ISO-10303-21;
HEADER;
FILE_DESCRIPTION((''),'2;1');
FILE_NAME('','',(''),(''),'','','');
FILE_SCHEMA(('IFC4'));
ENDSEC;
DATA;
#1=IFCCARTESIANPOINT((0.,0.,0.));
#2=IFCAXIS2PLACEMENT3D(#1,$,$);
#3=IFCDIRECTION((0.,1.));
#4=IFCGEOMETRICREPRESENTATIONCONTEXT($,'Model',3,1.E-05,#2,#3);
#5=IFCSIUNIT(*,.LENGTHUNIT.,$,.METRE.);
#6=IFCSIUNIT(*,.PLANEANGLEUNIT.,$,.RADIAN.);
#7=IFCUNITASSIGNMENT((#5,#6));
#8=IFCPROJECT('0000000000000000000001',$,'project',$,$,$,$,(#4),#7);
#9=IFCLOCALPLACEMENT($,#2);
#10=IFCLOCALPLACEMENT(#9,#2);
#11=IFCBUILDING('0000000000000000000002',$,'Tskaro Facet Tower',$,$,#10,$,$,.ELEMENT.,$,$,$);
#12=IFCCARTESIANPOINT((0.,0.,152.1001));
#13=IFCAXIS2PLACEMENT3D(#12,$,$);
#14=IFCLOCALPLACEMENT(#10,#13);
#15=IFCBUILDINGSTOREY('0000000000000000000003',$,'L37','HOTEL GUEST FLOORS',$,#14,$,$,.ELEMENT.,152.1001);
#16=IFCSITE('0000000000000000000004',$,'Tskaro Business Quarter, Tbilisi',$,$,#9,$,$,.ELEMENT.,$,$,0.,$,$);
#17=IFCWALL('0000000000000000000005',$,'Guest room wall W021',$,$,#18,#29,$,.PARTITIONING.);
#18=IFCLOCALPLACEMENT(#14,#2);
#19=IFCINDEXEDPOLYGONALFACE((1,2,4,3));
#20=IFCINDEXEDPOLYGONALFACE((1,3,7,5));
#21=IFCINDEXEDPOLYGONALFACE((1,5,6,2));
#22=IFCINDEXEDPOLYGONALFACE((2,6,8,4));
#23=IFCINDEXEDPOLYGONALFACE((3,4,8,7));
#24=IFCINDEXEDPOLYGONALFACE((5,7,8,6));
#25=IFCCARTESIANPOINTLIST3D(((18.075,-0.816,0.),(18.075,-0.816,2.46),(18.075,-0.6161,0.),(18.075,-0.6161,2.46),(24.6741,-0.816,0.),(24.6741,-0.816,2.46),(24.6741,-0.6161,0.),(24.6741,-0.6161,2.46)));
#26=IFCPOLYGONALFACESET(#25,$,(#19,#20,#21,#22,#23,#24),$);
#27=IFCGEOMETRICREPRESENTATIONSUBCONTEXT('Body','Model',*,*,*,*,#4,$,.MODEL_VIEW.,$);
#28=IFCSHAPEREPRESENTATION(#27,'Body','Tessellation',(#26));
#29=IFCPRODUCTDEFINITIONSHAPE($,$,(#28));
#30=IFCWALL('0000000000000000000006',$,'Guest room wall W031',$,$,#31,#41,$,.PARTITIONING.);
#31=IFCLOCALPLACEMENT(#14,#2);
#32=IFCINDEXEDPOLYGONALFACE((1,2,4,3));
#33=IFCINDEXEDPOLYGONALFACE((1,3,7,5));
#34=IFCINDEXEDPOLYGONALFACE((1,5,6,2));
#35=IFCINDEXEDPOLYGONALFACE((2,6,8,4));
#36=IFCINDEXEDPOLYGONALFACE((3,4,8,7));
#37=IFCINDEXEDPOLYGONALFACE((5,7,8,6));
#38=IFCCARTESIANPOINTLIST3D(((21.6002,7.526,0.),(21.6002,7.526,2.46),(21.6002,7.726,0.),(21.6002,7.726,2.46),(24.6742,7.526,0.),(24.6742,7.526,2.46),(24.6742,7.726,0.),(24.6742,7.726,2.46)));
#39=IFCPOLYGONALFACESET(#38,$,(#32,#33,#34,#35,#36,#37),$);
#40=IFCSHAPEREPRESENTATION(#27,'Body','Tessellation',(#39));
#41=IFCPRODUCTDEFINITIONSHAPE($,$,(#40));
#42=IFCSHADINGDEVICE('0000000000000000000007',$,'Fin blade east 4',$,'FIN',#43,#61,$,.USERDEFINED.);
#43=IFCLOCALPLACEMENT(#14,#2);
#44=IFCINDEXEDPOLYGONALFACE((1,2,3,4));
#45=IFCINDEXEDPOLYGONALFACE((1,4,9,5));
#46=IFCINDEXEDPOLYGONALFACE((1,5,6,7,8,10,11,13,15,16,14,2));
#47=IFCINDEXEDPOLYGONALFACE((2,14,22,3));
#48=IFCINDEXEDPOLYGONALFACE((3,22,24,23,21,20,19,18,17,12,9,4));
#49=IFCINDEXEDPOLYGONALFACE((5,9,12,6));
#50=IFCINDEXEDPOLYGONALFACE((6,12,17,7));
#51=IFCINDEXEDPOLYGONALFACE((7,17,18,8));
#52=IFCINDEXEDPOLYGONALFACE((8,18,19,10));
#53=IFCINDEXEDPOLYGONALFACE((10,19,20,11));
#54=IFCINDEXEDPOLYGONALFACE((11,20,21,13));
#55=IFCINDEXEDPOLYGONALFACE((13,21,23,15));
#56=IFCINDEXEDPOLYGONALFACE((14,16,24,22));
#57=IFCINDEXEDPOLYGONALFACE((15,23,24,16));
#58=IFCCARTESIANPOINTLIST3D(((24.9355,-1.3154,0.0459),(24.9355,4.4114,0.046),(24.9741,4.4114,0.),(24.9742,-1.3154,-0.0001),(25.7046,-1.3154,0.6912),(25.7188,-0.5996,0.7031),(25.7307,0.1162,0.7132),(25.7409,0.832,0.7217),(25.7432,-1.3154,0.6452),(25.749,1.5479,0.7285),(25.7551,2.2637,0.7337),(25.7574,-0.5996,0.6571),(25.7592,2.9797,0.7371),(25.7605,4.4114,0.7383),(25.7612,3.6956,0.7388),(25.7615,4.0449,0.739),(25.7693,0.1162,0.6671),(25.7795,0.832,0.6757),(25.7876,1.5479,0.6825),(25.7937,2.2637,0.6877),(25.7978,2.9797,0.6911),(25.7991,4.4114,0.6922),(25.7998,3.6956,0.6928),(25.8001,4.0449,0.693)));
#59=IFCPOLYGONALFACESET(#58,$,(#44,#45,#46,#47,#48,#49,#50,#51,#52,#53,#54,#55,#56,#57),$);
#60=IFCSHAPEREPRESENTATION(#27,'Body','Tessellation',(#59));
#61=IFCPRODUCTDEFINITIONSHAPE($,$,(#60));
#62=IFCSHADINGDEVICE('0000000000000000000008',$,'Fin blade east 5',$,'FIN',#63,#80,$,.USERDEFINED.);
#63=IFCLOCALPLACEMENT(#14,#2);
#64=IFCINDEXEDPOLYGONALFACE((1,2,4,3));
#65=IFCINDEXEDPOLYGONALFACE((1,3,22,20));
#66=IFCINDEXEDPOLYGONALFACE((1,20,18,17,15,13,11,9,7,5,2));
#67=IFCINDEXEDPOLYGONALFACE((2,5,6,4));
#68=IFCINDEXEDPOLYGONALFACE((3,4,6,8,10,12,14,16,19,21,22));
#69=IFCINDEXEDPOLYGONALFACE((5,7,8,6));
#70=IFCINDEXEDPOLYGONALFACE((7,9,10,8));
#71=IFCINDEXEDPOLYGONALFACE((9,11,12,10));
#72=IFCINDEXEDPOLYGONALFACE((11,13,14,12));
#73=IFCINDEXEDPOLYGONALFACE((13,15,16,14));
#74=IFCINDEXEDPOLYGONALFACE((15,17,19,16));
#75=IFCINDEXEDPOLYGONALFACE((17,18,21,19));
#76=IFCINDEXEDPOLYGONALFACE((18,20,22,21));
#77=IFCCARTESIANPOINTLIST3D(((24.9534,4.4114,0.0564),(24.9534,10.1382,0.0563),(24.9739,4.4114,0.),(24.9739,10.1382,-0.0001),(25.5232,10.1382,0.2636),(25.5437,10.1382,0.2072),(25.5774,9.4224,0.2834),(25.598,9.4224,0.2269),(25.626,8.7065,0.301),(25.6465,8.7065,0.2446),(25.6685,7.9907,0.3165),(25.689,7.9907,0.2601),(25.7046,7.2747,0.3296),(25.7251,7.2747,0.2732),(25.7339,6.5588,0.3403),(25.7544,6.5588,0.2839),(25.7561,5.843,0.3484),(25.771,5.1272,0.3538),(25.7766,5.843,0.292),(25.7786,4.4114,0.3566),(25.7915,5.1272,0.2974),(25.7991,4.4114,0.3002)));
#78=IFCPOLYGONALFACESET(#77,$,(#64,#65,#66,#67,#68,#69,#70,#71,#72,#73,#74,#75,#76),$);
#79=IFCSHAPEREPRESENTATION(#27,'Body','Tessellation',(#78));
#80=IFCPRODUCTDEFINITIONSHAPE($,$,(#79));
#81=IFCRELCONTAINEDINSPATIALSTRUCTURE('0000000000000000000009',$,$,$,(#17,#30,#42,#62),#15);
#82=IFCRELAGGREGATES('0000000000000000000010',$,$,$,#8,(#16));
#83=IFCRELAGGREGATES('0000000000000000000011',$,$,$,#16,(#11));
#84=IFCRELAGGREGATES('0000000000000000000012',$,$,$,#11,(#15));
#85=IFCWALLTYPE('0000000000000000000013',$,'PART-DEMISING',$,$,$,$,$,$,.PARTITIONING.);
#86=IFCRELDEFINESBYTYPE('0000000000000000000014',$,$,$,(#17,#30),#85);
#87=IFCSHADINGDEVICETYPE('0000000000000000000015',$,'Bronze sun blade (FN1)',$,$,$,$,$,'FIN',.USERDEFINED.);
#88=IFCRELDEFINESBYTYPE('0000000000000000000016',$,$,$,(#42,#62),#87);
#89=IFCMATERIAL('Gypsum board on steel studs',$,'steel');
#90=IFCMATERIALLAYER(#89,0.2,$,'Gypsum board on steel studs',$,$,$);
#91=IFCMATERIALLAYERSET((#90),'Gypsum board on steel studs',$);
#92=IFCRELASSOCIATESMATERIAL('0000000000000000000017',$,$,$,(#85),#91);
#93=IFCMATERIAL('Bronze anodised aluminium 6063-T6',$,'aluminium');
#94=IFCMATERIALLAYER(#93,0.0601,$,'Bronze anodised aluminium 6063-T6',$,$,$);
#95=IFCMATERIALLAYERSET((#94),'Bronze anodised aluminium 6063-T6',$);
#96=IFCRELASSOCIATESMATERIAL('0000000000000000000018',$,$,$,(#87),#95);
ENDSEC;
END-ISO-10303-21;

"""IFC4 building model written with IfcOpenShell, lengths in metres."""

from ifc_helpers import new_model, si_unit, direction, frame, frame_2d, origin, place, context, subcontext, project, spatial, polyline, rectangle, outline, extrude, material, layer, layer_set, type_object, element, save


model = new_model("IFC4")

# Units and contexts
model_context = context("Model", 3, precision=1e-05, world=origin(), true_north=direction((0.0, 1.0)))
body_context = subcontext(model_context, "Body", "Model", "MODEL_VIEW")
ifc_project = project(units=[si_unit("LENGTHUNIT", "METRE"), si_unit("PLANEANGLEUNIT", "RADIAN")], contexts=[model_context])

# Site, building, storey
site_placement = place(None, origin())
site = spatial("IfcSite", under=ifc_project, at=site_placement, Name="Tskaro Business Quarter, Tbilisi", CompositionType="ELEMENT", RefElevation=0.0)
building_placement = place(site_placement, origin())
building = spatial("IfcBuilding", under=site, at=building_placement, Name="Tskaro Facet Tower", CompositionType="ELEMENT")
storey_placement = place(building_placement, frame((0.0, 0.0, 152.1001)))
storey = spatial("IfcBuildingStorey", under=building, at=storey_placement, Name="L37", Description="HOTEL GUEST FLOORS", CompositionType="ELEMENT", Elevation=152.1001)

# Shared definitions
ifc_material_1 = material(Name="Bronze anodised aluminium 6063-T6", Category="aluminium")

# Shared definitions
ifc_material_2 = material(Name="Gypsum board on steel studs", Category="steel")

# Walls
ifc_layer_1 = layer(ifc_material_2, 0.2, Name="Gypsum board on steel studs")
ifc_layer_set_1 = layer_set([ifc_layer_1], Name="Gypsum board on steel studs")
wall_type_1 = type_object("IfcWallType", Name="PART-DEMISING", PredefinedType="PARTITIONING", material=ifc_layer_set_1)
wall_1_placement = place(storey_placement, frame((18.075, -0.7161, 0.0), z_axis=(0.0, 0.0, 1.0), x_axis=(1.0, 0.0, 0.0)))
element("IfcWall", 1, at=wall_1_placement, inside=storey, type_object=wall_type_1, Name="Guest room wall W021", PredefinedType="PARTITIONING", context=body_context, shape_type="SweptSolid", body=[
    extrude(rectangle(XDim=6.5991, YDim=0.2, at=frame_2d((3.2996, 0.0))), origin(), (0.0, 0.0, 1.0), 2.46),
])
wall_2_placement = place(storey_placement, frame((21.6001, 7.626, 0.0), z_axis=(0.0, 0.0, 1.0), x_axis=(1.0, 0.0, 0.0)))
element("IfcWall", 2, at=wall_2_placement, inside=storey, type_object=wall_type_1, Name="Guest room wall W031", PredefinedType="PARTITIONING", context=body_context, shape_type="SweptSolid", body=[
    extrude(rectangle(XDim=3.074, YDim=0.2, at=frame_2d((1.5371, 0.0))), origin(), (0.0, 0.0, 1.0), 2.46),
])

# Shading devices
ifc_layer_2 = layer(ifc_material_1, 0.0601, Name="Bronze anodised aluminium 6063-T6")
ifc_layer_set_2 = layer_set([ifc_layer_2], Name="Bronze anodised aluminium 6063-T6")
shading_device_type = type_object("IfcShadingDeviceType", Name="Bronze sun blade (FN1)", ElementType="FIN", PredefinedType="USERDEFINED", material=ifc_layer_set_2)
shading_device_1_placement = place(storey_placement, frame((24.9355, -1.3154, 0.0459), z_axis=(-0.642797, -0.000014, 0.766037), x_axis=(-0.000009, 1.0, 0.000011)))
element("IfcShadingDevice", 3, at=shading_device_1_placement, inside=storey, type_object=shading_device_type, Name="Fin blade east 4", ObjectType="FIN", PredefinedType="USERDEFINED", context=body_context, shape_type="SweptSolid", body=[
    extrude(outline(polyline([(0.0, 0.0), (5.7268, 0.0), (5.7268, -1.077), (5.3604, -1.0782), (5.011, -1.0779), (4.2952, -1.0753), (3.5791, -1.0699), (2.8633, -1.0619), (2.1475, -1.0514), (1.4316, -1.038), (0.7158, -1.0224), (0.0, -1.0039), (0.0, 0.0)])), origin(), (0.0, 0.0, -1.0), 0.0601),
])
shading_device_2_placement = place(storey_placement, frame((24.9534, 4.4114, 0.0564), z_axis=(-0.341858, 0.00001, 0.939752), x_axis=(0.000004, 1.0, -0.00001)))
element("IfcShadingDevice", 4, at=shading_device_2_placement, inside=storey, type_object=shading_device_type, Name="Fin blade east 5", ObjectType="FIN", PredefinedType="USERDEFINED", context=body_context, shape_type="SweptSolid", body=[
    extrude(outline(polyline([(0.0, 0.0), (5.7268, 0.0), (5.7268, -0.6064), (5.011, -0.664), (4.2952, -0.7157), (3.5793, -0.761), (2.8633, -0.7994), (2.1475, -0.8306), (1.4316, -0.8542), (0.7158, -0.87), (0.0, -0.8781), (0.0, 0.0)])), origin(), (0.0, 0.0, -1.0), 0.0601),
])

save(model, "model.ifc")
